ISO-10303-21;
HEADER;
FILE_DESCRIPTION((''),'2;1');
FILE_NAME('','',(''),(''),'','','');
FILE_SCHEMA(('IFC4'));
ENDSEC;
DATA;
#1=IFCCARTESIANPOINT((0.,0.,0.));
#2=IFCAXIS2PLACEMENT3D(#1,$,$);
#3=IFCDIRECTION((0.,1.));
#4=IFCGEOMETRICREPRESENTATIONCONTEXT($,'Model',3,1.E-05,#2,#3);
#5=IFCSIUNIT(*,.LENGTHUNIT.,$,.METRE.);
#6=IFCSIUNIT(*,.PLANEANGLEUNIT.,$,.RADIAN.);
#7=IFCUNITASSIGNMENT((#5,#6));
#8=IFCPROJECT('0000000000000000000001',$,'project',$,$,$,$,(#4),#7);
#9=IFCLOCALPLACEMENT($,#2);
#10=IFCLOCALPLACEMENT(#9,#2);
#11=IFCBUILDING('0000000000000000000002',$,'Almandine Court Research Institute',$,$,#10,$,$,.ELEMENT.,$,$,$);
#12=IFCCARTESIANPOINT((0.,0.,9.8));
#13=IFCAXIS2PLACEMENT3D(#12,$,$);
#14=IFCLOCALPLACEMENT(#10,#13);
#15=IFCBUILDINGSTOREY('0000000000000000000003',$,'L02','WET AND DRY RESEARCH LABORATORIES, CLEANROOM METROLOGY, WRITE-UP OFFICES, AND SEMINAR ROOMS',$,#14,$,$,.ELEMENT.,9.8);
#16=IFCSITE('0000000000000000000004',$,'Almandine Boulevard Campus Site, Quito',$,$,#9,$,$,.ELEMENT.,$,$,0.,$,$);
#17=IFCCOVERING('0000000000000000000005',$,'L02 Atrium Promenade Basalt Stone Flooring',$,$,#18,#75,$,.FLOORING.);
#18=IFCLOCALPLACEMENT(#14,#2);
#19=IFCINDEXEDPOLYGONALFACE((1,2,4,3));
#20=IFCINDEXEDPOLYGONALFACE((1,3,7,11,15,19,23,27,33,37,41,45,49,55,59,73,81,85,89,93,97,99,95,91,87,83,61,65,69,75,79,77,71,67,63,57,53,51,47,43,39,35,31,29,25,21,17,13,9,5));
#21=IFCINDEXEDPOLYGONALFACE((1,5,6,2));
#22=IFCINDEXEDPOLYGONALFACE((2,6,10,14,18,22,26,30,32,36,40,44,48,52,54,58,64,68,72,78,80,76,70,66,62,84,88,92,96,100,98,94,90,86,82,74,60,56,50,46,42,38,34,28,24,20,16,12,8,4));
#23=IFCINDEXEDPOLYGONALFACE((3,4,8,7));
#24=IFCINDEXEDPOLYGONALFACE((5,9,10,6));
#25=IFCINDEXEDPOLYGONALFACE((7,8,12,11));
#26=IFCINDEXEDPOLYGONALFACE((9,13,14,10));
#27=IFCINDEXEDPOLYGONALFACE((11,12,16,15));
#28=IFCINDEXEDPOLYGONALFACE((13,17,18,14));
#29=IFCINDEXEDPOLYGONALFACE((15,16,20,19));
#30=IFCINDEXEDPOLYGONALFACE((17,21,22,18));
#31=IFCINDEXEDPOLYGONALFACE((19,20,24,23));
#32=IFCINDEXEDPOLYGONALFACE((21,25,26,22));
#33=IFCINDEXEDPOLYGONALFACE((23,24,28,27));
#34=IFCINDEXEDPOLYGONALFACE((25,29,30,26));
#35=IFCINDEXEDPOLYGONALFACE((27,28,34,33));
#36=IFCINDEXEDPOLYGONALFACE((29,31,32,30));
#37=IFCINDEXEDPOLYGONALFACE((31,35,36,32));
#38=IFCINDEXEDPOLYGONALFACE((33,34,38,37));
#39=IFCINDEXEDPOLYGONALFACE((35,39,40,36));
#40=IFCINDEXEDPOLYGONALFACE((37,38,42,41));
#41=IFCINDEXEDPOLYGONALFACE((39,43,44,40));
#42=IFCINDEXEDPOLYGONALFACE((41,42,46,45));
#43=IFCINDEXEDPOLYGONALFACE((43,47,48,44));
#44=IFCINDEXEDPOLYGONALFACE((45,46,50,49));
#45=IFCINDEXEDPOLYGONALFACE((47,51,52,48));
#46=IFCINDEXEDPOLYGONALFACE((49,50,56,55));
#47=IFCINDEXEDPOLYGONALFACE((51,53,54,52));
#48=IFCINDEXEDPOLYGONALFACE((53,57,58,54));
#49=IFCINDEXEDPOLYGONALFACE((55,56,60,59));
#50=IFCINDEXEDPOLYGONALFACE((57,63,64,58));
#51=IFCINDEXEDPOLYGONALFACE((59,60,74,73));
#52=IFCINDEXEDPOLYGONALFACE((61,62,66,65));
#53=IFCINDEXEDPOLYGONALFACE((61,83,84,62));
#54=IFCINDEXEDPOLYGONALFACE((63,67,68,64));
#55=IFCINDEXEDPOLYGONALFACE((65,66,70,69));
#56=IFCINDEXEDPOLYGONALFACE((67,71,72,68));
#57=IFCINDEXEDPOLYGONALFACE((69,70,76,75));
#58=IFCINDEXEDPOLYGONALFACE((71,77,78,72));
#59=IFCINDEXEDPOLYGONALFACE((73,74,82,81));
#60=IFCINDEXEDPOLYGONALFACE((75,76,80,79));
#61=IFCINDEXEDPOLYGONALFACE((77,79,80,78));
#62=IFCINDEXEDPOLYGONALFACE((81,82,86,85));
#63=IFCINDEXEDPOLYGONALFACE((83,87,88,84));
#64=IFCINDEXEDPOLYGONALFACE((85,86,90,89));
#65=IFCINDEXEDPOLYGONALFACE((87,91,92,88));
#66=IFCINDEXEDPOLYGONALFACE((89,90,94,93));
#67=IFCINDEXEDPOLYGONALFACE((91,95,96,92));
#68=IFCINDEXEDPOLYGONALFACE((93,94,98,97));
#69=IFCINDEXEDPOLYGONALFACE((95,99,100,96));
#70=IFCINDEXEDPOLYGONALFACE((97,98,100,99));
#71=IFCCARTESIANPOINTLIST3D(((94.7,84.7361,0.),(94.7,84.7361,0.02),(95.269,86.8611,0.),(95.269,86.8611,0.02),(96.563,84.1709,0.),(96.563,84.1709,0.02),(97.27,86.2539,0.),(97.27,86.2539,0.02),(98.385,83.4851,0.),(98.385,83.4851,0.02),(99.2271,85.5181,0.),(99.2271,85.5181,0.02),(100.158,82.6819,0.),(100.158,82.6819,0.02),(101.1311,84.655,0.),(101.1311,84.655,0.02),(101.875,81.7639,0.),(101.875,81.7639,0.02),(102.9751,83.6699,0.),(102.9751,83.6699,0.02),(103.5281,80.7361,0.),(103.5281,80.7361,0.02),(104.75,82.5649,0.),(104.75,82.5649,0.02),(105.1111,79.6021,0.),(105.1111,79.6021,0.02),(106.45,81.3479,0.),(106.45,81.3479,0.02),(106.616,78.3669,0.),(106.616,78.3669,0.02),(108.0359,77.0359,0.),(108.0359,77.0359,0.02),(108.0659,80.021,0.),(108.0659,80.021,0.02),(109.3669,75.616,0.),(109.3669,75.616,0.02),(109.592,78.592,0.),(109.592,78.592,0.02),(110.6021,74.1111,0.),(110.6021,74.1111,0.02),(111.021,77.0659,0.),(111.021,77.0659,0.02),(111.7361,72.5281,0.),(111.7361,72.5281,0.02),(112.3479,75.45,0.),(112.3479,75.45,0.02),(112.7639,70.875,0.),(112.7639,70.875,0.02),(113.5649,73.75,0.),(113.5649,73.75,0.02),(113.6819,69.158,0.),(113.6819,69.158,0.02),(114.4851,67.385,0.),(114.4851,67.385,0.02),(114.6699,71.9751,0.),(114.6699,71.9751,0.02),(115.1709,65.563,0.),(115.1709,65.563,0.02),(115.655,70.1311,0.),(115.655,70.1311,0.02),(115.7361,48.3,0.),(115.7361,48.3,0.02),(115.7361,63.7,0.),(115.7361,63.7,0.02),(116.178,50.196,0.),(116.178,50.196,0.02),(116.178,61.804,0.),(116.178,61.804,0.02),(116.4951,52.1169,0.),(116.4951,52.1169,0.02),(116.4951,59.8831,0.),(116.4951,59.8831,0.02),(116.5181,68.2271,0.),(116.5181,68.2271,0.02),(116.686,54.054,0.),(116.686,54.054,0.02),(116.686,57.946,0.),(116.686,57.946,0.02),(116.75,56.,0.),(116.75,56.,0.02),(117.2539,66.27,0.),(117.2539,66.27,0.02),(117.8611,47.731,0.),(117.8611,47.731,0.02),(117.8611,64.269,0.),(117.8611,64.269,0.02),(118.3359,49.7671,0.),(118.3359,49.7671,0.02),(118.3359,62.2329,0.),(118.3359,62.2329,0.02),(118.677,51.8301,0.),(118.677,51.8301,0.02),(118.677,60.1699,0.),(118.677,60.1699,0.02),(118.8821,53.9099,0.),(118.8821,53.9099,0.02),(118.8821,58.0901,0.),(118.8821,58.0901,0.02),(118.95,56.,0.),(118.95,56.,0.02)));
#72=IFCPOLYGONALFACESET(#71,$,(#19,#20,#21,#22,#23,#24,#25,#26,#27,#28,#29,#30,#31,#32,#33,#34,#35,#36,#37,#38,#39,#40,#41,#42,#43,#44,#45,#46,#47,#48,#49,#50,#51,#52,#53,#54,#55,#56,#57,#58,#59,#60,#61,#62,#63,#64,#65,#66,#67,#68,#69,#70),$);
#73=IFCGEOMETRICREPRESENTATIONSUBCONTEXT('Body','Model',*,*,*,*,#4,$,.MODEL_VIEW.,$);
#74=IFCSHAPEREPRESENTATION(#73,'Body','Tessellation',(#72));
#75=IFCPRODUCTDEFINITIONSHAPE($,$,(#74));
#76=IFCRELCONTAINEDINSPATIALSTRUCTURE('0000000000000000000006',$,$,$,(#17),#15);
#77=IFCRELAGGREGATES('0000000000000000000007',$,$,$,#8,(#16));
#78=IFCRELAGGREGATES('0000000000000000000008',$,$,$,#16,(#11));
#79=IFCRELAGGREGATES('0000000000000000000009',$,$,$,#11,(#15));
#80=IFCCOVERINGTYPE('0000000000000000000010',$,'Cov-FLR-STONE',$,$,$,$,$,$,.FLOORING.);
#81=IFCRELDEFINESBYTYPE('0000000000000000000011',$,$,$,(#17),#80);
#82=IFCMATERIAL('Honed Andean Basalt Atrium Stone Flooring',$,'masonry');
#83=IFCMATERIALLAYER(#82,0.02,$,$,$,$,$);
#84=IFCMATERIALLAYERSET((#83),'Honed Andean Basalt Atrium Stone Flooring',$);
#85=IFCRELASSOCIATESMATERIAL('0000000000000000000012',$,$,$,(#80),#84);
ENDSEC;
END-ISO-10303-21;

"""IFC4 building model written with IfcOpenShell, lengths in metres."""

from ifc_helpers import new_model, si_unit, direction, frame, origin, place, context, subcontext, project, spatial, polyline, outline, extrude, material, layer, layer_set, type_object, element, save


model = new_model("IFC4")

# Units and contexts
model_context = context("Model", 3, precision=1e-05, world=origin(), true_north=direction((0.0, 1.0)))
body_context = subcontext(model_context, "Body", "Model", "MODEL_VIEW")
ifc_project = project(units=[si_unit("LENGTHUNIT", "METRE"), si_unit("PLANEANGLEUNIT", "RADIAN")], contexts=[model_context])

# Site, building, storey
site_placement = place(None, origin())
site = spatial("IfcSite", under=ifc_project, at=site_placement, Name="Almandine Boulevard Campus Site, Quito", CompositionType="ELEMENT", RefElevation=0.0)
building_placement = place(site_placement, origin())
building = spatial("IfcBuilding", under=site, at=building_placement, Name="Almandine Court Research Institute", CompositionType="ELEMENT")
storey_placement = place(building_placement, frame((0.0, 0.0, 9.8)))
storey = spatial("IfcBuildingStorey", under=building, at=storey_placement, Name="L02", Description="WET AND DRY RESEARCH LABORATORIES, CLEANROOM METROLOGY, WRITE-UP OFFICES, AND SEMINAR ROOMS", CompositionType="ELEMENT", Elevation=9.8)

# Covering
ifc_material_1 = material(Name="Honed Andean Basalt Atrium Stone Flooring", Category="masonry")
ifc_layer_1 = layer(ifc_material_1, 0.02)
ifc_layer_set_1 = layer_set([ifc_layer_1], Name="Honed Andean Basalt Atrium Stone Flooring")
covering_type_1 = type_object("IfcCoveringType", Name="Cov-FLR-STONE", PredefinedType="FLOORING", material=ifc_layer_set_1)
covering_1_placement = place(storey_placement, origin())
element("IfcCovering", 1, at=covering_1_placement, inside=storey, type_object=covering_type_1, Name="L02 Atrium Promenade Basalt Stone Flooring", PredefinedType="FLOORING", context=body_context, shape_type="SweptSolid", body=[
    extrude(outline(polyline([(117.8611, 47.731), (118.3359, 49.7671), (118.677, 51.8301), (118.8821, 53.9099), (118.95, 56.0), (118.8821, 58.0901), (118.677, 60.1699), (118.3359, 62.2329), (117.8611, 64.269), (117.2539, 66.27), (116.5181, 68.2271), (115.655, 70.1311), (114.6699, 71.9751), (113.5649, 73.75), (112.3479, 75.45), (111.021, 77.0659), (109.592, 78.592), (108.0659, 80.021), (106.45, 81.3479), (104.75, 82.5649), (102.9751, 83.6699), (101.1311, 84.655), (99.2271, 85.5181), (97.27, 86.2539), (95.269, 86.8611), (94.7, 84.7361), (96.563, 84.1709), (98.385, 83.4851), (100.158, 82.6819), (101.875, 81.7639), (103.5281, 80.7361), (105.1111, 79.6021), (106.616, 78.3669), (108.0359, 77.0359), (109.3669, 75.616), (110.6021, 74.1111), (111.7361, 72.5281), (112.7639, 70.875), (113.6819, 69.158), (114.4851, 67.385), (115.1709, 65.563), (115.7361, 63.7), (116.178, 61.804), (116.4951, 59.8831), (116.686, 57.946), (116.75, 56.0), (116.686, 54.054), (116.4951, 52.1169), (116.178, 50.196), (115.7361, 48.3), (117.8611, 47.731)])), origin(), (0.0, 0.0, 1.0), 0.02),
])

save(model, "model.ifc")
